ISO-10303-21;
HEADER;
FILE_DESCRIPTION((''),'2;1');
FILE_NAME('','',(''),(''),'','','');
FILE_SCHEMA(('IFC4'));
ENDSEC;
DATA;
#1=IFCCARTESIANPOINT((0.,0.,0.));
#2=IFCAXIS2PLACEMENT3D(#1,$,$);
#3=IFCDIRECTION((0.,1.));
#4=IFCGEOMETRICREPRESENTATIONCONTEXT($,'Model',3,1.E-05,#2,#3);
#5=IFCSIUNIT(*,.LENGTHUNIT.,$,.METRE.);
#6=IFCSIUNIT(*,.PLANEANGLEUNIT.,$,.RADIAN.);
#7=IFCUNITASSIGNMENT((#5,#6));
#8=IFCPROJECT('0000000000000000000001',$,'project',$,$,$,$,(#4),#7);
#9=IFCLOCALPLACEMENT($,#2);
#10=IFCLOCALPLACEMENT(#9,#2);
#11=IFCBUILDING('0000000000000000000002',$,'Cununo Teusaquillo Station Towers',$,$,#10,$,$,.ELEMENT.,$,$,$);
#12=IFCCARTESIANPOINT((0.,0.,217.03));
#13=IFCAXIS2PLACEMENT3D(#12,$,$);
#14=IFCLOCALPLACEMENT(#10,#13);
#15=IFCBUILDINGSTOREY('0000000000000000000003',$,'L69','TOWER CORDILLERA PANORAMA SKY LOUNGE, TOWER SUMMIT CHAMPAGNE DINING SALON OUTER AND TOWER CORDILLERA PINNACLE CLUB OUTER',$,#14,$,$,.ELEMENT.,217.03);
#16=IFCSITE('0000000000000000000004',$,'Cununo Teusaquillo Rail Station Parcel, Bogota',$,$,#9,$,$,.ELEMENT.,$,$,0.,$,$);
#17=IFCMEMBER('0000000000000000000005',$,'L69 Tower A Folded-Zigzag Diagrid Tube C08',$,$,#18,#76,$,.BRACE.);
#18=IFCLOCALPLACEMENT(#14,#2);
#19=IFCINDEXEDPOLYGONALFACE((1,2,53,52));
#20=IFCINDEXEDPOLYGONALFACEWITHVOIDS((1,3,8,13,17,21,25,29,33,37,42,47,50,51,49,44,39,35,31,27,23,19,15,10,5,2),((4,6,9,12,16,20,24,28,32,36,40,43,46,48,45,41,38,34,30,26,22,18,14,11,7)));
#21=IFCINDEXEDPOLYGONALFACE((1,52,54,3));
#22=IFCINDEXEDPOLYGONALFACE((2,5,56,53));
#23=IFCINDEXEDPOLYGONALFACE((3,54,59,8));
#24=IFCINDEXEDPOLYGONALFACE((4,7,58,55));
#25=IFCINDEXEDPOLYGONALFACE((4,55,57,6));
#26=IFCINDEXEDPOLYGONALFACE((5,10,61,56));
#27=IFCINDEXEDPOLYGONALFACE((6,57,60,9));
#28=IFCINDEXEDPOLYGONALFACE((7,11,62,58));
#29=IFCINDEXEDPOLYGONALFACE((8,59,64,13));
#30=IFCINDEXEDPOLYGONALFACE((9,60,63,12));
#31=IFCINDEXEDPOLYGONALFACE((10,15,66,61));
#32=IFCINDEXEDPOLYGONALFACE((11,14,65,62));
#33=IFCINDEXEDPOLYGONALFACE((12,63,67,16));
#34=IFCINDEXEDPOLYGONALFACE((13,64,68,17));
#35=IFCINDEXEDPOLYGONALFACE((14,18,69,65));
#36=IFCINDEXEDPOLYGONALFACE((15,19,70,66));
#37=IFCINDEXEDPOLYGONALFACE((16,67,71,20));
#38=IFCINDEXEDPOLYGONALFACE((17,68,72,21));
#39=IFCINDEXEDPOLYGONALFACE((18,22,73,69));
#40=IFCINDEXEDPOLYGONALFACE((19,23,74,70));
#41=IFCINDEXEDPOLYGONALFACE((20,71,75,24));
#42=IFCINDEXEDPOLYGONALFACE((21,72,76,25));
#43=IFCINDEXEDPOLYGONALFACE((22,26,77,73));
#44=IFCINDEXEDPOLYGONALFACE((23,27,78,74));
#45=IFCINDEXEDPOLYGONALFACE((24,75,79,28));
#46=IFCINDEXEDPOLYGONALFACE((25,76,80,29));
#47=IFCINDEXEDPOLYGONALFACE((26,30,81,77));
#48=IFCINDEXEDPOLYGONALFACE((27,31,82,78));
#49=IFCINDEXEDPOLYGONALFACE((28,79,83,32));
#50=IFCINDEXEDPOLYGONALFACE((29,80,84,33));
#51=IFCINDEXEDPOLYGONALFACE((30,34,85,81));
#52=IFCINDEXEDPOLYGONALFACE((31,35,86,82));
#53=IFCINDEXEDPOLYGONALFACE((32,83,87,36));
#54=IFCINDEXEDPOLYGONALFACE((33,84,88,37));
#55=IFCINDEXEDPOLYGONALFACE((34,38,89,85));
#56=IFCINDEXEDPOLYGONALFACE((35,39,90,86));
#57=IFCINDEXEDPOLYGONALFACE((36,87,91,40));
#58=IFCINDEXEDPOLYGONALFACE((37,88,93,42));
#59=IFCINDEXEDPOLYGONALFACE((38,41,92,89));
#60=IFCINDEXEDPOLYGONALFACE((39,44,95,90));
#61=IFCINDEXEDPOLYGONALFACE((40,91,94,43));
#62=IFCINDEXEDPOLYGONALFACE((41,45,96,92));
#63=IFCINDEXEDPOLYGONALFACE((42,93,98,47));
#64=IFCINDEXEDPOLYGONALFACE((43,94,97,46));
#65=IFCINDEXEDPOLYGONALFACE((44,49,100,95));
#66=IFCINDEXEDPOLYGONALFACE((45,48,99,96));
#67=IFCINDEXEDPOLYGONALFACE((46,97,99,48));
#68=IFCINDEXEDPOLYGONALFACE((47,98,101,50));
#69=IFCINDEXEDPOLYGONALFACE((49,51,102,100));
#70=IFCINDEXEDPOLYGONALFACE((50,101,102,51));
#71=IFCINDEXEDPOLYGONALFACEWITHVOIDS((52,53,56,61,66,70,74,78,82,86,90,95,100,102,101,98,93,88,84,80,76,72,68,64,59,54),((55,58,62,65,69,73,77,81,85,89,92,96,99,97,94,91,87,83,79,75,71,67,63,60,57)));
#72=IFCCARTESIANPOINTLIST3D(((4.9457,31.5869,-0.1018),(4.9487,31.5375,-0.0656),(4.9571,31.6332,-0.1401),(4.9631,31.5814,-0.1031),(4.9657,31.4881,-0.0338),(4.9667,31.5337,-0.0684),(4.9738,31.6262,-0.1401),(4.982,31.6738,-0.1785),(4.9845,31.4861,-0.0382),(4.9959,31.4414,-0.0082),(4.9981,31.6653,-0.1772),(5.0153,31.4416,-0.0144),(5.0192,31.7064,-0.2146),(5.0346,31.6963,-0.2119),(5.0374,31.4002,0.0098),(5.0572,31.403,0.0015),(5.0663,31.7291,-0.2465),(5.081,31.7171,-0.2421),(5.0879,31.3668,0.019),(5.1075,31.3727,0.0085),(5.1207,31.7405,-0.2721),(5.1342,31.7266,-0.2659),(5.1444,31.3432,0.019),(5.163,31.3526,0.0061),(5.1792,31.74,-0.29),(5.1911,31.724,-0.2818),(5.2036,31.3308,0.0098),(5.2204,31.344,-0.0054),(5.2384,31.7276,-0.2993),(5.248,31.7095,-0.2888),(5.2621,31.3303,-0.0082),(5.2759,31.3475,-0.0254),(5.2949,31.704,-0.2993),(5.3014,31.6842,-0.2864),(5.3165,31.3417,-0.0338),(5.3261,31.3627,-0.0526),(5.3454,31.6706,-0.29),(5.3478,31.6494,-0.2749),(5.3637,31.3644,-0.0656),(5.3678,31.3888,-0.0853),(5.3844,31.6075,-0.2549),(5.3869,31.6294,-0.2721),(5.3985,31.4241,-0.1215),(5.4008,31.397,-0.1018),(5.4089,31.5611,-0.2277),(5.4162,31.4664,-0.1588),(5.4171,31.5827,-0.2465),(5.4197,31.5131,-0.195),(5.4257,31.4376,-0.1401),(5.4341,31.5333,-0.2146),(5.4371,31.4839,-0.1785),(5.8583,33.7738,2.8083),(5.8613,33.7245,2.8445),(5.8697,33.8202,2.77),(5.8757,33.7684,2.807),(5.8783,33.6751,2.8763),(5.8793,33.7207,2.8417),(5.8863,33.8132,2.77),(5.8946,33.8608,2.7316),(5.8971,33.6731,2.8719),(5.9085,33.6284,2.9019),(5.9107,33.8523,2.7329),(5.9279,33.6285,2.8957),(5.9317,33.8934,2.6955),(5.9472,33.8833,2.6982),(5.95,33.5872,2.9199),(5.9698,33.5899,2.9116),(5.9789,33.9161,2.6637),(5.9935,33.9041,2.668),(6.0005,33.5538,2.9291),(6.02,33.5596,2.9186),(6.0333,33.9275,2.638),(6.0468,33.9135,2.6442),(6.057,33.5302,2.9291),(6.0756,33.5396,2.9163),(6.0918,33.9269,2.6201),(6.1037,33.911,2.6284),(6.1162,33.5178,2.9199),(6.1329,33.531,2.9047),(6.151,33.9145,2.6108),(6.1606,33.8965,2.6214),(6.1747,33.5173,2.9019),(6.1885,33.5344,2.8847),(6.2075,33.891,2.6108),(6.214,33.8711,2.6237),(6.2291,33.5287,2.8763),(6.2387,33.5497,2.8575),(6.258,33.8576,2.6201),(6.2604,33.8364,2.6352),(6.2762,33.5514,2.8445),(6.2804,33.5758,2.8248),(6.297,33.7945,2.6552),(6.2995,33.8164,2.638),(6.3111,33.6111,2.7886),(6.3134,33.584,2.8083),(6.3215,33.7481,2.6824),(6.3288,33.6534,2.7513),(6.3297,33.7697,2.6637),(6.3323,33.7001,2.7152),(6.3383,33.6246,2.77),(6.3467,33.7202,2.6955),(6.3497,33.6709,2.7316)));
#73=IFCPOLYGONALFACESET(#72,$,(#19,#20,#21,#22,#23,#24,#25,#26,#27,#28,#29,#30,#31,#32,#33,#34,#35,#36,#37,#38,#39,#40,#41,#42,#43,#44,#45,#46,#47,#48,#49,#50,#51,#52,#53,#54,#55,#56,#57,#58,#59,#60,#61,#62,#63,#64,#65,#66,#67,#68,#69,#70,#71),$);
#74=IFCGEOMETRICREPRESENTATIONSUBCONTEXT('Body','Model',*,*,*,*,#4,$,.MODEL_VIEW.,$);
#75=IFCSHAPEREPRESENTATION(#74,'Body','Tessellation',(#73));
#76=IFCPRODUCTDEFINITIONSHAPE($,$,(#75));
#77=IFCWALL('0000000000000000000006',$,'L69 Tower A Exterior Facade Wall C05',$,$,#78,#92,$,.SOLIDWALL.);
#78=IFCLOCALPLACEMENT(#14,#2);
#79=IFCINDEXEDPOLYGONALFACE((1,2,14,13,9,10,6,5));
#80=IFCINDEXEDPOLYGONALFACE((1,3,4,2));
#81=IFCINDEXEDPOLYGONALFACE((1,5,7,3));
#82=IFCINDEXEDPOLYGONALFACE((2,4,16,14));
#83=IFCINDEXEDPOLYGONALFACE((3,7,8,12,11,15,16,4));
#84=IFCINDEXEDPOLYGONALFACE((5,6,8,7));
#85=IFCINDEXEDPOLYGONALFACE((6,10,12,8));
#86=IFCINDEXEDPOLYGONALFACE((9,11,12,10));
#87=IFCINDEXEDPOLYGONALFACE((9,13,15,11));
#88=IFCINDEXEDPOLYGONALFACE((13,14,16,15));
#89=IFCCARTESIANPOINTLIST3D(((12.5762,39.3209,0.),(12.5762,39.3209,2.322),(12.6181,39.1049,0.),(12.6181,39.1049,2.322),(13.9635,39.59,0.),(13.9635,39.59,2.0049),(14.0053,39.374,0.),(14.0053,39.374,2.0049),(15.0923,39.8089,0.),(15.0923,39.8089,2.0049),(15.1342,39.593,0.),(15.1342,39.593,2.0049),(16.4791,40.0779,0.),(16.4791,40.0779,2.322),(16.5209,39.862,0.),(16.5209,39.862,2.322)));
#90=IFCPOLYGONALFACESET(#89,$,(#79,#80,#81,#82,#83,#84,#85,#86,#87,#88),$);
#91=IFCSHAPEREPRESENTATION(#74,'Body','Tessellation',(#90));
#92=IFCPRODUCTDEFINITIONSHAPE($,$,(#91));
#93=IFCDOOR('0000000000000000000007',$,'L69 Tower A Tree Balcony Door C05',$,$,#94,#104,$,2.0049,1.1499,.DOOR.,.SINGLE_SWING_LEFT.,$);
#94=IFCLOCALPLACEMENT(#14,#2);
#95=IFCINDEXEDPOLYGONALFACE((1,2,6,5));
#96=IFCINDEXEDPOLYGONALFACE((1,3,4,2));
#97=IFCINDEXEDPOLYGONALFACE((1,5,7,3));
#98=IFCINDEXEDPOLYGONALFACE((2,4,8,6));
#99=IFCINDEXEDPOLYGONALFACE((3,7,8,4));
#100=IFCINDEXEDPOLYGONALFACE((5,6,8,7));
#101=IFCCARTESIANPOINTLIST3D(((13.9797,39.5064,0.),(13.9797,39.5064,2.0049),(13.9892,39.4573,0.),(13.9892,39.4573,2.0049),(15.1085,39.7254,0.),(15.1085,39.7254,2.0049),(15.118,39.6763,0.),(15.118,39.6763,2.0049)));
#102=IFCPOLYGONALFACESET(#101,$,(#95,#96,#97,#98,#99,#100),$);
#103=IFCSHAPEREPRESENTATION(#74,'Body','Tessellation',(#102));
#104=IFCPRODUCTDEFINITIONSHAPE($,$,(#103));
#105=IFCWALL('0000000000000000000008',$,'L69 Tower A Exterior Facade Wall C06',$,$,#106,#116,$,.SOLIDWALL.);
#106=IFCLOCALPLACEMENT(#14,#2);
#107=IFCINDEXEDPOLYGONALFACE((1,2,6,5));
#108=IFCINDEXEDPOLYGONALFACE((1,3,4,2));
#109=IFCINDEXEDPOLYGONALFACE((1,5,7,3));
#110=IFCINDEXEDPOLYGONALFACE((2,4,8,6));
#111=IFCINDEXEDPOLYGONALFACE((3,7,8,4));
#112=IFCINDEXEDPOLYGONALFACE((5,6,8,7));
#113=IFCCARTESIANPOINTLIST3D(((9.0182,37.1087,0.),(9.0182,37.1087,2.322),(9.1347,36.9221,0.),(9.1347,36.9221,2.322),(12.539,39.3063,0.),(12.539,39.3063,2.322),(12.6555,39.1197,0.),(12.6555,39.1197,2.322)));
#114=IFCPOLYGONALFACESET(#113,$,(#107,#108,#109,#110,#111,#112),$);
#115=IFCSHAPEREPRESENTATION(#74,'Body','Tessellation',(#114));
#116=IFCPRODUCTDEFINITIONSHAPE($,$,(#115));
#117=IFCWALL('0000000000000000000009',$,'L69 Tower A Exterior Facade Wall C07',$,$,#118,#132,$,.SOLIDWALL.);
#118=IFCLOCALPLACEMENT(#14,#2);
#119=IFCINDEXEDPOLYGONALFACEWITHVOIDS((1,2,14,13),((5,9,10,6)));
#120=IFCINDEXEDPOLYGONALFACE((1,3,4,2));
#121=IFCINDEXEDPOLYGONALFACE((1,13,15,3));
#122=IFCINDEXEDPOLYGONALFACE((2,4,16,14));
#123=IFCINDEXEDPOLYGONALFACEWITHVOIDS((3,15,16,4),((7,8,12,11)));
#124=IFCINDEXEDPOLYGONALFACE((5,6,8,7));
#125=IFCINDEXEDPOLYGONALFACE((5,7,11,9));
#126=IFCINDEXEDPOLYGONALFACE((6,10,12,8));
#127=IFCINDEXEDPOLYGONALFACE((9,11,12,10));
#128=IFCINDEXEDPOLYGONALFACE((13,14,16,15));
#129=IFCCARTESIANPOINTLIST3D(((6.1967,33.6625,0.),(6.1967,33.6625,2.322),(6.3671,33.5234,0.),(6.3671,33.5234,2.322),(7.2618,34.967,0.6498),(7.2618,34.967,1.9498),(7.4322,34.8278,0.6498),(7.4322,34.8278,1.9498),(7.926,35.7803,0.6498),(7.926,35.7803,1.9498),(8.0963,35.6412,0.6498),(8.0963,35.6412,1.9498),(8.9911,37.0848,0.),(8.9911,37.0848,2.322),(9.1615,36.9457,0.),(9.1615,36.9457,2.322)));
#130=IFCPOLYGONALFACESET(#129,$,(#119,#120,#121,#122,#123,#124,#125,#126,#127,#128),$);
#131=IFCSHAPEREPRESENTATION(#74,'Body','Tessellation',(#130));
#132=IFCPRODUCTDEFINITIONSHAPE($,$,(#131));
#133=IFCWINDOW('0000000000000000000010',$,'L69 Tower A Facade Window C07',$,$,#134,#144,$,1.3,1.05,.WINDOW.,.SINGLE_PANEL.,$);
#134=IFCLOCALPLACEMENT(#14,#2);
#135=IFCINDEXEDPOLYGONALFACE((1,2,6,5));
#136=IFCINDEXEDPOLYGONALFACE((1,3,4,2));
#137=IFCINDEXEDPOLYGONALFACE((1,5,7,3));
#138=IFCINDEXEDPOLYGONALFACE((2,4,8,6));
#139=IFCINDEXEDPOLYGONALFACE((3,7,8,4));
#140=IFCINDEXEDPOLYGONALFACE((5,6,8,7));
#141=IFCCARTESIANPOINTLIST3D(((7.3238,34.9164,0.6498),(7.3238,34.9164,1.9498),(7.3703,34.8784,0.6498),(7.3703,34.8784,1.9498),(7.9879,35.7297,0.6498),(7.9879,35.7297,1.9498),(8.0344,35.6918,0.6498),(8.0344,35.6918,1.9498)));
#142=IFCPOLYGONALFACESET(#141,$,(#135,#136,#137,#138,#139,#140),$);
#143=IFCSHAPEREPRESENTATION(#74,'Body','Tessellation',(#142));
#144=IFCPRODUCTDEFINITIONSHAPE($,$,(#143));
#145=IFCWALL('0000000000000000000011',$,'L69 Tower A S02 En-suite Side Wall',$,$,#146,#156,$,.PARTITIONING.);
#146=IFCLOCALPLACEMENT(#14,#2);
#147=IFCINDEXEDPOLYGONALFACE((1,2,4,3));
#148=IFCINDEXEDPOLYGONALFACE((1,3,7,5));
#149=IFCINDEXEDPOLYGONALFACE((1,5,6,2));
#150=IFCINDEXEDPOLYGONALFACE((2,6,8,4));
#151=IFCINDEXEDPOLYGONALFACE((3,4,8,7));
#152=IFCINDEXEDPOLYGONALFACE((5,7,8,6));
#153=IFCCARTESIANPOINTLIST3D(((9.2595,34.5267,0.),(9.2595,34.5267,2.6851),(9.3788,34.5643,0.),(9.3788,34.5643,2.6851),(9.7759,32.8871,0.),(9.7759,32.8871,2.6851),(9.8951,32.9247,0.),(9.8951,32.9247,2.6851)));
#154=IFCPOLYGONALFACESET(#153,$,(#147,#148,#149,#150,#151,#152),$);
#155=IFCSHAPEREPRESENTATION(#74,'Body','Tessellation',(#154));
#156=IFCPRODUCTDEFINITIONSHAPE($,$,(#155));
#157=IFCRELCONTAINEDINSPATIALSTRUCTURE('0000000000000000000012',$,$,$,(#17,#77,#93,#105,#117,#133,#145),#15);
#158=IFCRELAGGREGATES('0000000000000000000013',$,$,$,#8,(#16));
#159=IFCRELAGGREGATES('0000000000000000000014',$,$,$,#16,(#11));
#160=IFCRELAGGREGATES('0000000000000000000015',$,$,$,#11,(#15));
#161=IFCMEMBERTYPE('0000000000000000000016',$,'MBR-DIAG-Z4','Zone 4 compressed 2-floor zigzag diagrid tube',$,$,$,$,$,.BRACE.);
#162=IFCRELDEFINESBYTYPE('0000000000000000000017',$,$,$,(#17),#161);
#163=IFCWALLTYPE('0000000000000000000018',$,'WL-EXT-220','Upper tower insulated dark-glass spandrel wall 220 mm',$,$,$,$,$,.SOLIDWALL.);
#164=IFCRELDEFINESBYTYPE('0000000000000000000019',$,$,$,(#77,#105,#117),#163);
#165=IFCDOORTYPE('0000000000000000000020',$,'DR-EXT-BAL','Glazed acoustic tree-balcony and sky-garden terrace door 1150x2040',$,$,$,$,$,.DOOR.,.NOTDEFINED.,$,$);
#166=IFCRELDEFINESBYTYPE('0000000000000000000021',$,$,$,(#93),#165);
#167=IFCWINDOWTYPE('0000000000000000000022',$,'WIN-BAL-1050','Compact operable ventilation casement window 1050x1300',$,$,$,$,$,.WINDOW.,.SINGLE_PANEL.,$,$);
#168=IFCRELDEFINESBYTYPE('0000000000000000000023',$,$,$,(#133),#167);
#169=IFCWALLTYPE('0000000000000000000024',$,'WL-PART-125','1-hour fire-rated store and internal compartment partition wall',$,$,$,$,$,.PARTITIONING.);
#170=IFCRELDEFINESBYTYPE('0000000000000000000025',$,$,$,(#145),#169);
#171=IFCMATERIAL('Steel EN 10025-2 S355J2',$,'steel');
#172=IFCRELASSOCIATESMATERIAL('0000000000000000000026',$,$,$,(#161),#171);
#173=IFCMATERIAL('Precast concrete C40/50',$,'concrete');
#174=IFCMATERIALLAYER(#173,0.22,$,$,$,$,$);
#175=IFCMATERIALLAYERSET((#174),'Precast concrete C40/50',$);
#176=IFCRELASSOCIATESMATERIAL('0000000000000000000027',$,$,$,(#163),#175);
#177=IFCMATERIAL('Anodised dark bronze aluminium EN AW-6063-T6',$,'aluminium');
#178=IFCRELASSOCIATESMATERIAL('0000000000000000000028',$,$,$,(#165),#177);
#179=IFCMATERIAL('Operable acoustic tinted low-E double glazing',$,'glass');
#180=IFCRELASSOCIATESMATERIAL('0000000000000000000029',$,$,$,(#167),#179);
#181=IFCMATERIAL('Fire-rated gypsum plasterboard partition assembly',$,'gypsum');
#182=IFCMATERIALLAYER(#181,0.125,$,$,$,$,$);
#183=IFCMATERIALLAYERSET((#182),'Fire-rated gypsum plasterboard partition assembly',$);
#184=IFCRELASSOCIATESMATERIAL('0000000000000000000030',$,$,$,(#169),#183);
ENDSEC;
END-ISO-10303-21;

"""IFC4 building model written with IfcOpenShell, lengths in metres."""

from ifc_helpers import new_model, si_unit, direction, frame, frame_2d, origin, origin_2d, place, context, subcontext, project, spatial, rectangle, hollow_circle, extrude, source, transform, mapped, material, layer, layer_set, material_profile, profile_set, type_object, element, fill, save


model = new_model("IFC4")

# Units and contexts
model_context = context("Model", 3, precision=1e-05, world=origin(), true_north=direction((0.0, 1.0)))
body_context = subcontext(model_context, "Body", "Model", "MODEL_VIEW")
ifc_project = project(units=[si_unit("LENGTHUNIT", "METRE"), si_unit("PLANEANGLEUNIT", "RADIAN")], contexts=[model_context])

# Site, building, storey
site_placement = place(None, origin())
site = spatial("IfcSite", under=ifc_project, at=site_placement, Name="Cununo Teusaquillo Rail Station Parcel, Bogota", CompositionType="ELEMENT", RefElevation=0.0)
building_placement = place(site_placement, origin())
building = spatial("IfcBuilding", under=site, at=building_placement, Name="Cununo Teusaquillo Station Towers", CompositionType="ELEMENT")
storey_placement = place(building_placement, frame((0.0, 0.0, 217.03)))
storey = spatial("IfcBuildingStorey", under=building, at=storey_placement, Name="L69", Description="TOWER CORDILLERA PANORAMA SKY LOUNGE, TOWER SUMMIT CHAMPAGNE DINING SALON OUTER AND TOWER CORDILLERA PINNACLE CLUB OUTER", CompositionType="ELEMENT", Elevation=217.03)

# Member
ifc_material_1 = material(Name="Steel EN 10025-2 S355J2", Category="steel")
ifc_material_profile_1 = material_profile(ifc_material_1, hollow_circle(Radius=0.2539, WallThickness=0.0181, at=origin_2d()), Name="CHS 508x18")
ifc_profile_set_1 = profile_set([ifc_material_profile_1], Name="Steel EN 10025-2 S355J2")
member_type = type_object("IfcMemberType", Name="MBR-DIAG-Z4", Description="Zone 4 compressed 2-floor zigzag diagrid tube", PredefinedType="BRACE", material=ifc_profile_set_1)
member_1_placement = place(storey_placement, frame((5.1914, 31.5354, -0.1401), z_axis=(0.243166, 0.58274, 0.775425), x_axis=(-0.922876, 0.385098, 0.0)))
element("IfcMember", 1, at=member_1_placement, inside=storey, type_object=member_type, Name="L69 Tower A Folded-Zigzag Diagrid Tube C08", PredefinedType="BRACE", context=body_context, shape_type="SweptSolid", body=[
    extrude(hollow_circle(Radius=0.2539, WallThickness=0.0181, at=origin_2d()), origin(), (0.0, 0.0, 1.0), 3.7529),
])

# Wall, opening, door
ifc_material_2 = material(Name="Precast concrete C40/50", Category="concrete")
ifc_layer_1 = layer(ifc_material_2, 0.22)
ifc_layer_set_1 = layer_set([ifc_layer_1], Name="Precast concrete C40/50")
wall_type_1 = type_object("IfcWallType", Name="WL-EXT-220", Description="Upper tower insulated dark-glass spandrel wall 220 mm", PredefinedType="SOLIDWALL", material=ifc_layer_set_1)
wall_1_placement = place(storey_placement, frame((12.5972, 39.2129, 0.0), z_axis=(0.0, 0.0, 1.0), x_axis=(0.9817, 0.190432, 0.0)))
wall_1 = element("IfcWall", 2, at=wall_1_placement, inside=storey, type_object=wall_type_1, Name="L69 Tower A Exterior Facade Wall C05", PredefinedType="SOLIDWALL", context=body_context, shape_type="SweptSolid", body=[
    extrude(rectangle(XDim=3.9756, YDim=0.22, at=frame_2d((1.9878, 0.0))), origin(), (0.0, 0.0, 1.0), 2.322),
])
shared_shape_1 = source(origin(), body_context, "Body", "SweptSolid", [
    extrude(rectangle(XDim=1.1499, YDim=2.0049, at=frame_2d((0.575, 1.0024))), frame((0.0, 0.1199, 0.0), z_axis=(0.0, -1.0, 0.0), x_axis=(1.0, 0.0, 0.0)), (0.0, 0.0, 1.0), 0.24),
])
opening_1_placement = place(wall_1_placement, frame((1.4131, 0.0, 0.0)))
opening_1 = element("IfcOpeningElement", 3, at=opening_1_placement, cuts=wall_1, PredefinedType="OPENING", context=body_context, shape_type="MappedRepresentation", body=[
    mapped(shared_shape_1, transform((0.0, 0.0, 0.0), x_axis=(1.0, 0.0, 0.0), y_axis=(0.0, 1.0, 0.0), z_axis=(0.0, 0.0, 1.0), scale=1.0)),
])
ifc_material_3 = material(Name="Anodised dark bronze aluminium EN AW-6063-T6", Category="aluminium")
door_type_1 = type_object("IfcDoorType", Name="DR-EXT-BAL", Description="Glazed acoustic tree-balcony and sky-garden terrace door 1150x2040", OperationType="NOTDEFINED", PredefinedType="DOOR", material=ifc_material_3)
shared_shape_2 = source(origin(), body_context, "Body", "SweptSolid", [
    extrude(rectangle(XDim=1.1499, YDim=2.0049, at=frame_2d((0.575, 1.0024))), frame((0.0, 0.0249, 0.0), z_axis=(0.0, -1.0, 0.0), x_axis=(1.0, 0.0, 0.0)), (0.0, 0.0, 1.0), 0.05),
])
door_1_placement = place(opening_1_placement, origin())
door_1 = element("IfcDoor", 4, at=door_1_placement, inside=storey, type_object=door_type_1, Name="L69 Tower A Tree Balcony Door C05", OperationType="SINGLE_SWING_LEFT", OverallHeight=2.0049, OverallWidth=1.1499, PredefinedType="DOOR", context=body_context, shape_type="MappedRepresentation", body=[
    mapped(shared_shape_2, transform((0.0, 0.0, 0.0), x_axis=(1.0, 0.0, 0.0), y_axis=(0.0, 1.0, 0.0), z_axis=(0.0, 0.0, 1.0), scale=1.0)),
])
fill(opening_1, door_1)

# Wall
wall_2_placement = place(storey_placement, frame((9.0764, 37.0154, 0.0), z_axis=(0.0, 0.0, 1.0), x_axis=(0.848319, 0.529486, 0.0)))
element("IfcWall", 5, at=wall_2_placement, inside=storey, type_object=wall_type_1, Name="L69 Tower A Exterior Facade Wall C06", PredefinedType="SOLIDWALL", context=body_context, shape_type="SweptSolid", body=[
    extrude(rectangle(XDim=4.1504, YDim=0.22, at=frame_2d((2.0752, 0.0))), origin(), (0.0, 0.0, 1.0), 2.322),
])

# Wall, opening, window
wall_3_placement = place(storey_placement, frame((6.282, 33.593, 0.0), z_axis=(0.0, 0.0, 1.0), x_axis=(0.632467, 0.774587, 0.0)))
wall_3 = element("IfcWall", 6, at=wall_3_placement, inside=storey, type_object=wall_type_1, Name="L69 Tower A Exterior Facade Wall C07", PredefinedType="SOLIDWALL", context=body_context, shape_type="SweptSolid", body=[
    extrude(rectangle(XDim=4.4182, YDim=0.22, at=frame_2d((2.209, 0.0))), origin(), (0.0, 0.0, 1.0), 2.322),
])
shared_shape_3 = source(origin(), body_context, "Body", "SweptSolid", [
    extrude(rectangle(XDim=1.05, YDim=1.3, at=frame_2d((0.5249, 0.6499))), frame((0.0, 0.1199, 0.0), z_axis=(0.0, -1.0, 0.0), x_axis=(1.0, 0.0, 0.0)), (0.0, 0.0, 1.0), 0.24),
])
opening_2_placement = place(wall_3_placement, frame((1.6841, 0.0, 0.6499)))
opening_2 = element("IfcOpeningElement", 7, at=opening_2_placement, cuts=wall_3, PredefinedType="OPENING", context=body_context, shape_type="MappedRepresentation", body=[
    mapped(shared_shape_3, transform((0.0, 0.0, 0.0), x_axis=(1.0, 0.0, 0.0), y_axis=(0.0, 1.0, 0.0), z_axis=(0.0, 0.0, 1.0), scale=1.0)),
])
ifc_material_4 = material(Name="Operable acoustic tinted low-E double glazing", Category="glass")
window_type = type_object("IfcWindowType", Name="WIN-BAL-1050", Description="Compact operable ventilation casement window 1050x1300", PartitioningType="SINGLE_PANEL", PredefinedType="WINDOW", material=ifc_material_4)
shared_shape_4 = source(origin(), body_context, "Body", "SweptSolid", [
    extrude(rectangle(XDim=1.05, YDim=1.3, at=frame_2d((0.5249, 0.6499))), frame((0.0, 0.03, 0.0), z_axis=(0.0, -1.0, 0.0), x_axis=(1.0, 0.0, 0.0)), (0.0, 0.0, 1.0), 0.0601),
])
window_placement = place(opening_2_placement, origin())
window = element("IfcWindow", 8, at=window_placement, inside=storey, type_object=window_type, Name="L69 Tower A Facade Window C07", OverallHeight=1.3, OverallWidth=1.05, PartitioningType="SINGLE_PANEL", PredefinedType="WINDOW", context=body_context, shape_type="MappedRepresentation", body=[
    mapped(shared_shape_4, transform((0.0, 0.0, 0.0), x_axis=(1.0, 0.0, 0.0), y_axis=(0.0, 1.0, 0.0), z_axis=(0.0, 0.0, 1.0), scale=1.0)),
])
fill(opening_2, window)

# Wall
ifc_material_5 = material(Name="Fire-rated gypsum plasterboard partition assembly", Category="gypsum")
ifc_layer_2 = layer(ifc_material_5, 0.125)
ifc_layer_set_2 = layer_set([ifc_layer_2], Name="Fire-rated gypsum plasterboard partition assembly")
wall_type_2 = type_object("IfcWallType", Name="WL-PART-125", Description="1-hour fire-rated store and internal compartment partition wall", PredefinedType="PARTITIONING", material=ifc_layer_set_2)
wall_4_placement = place(storey_placement, frame((9.8354, 32.906, 0.0), z_axis=(0.0, 0.0, 1.0), x_axis=(-0.300377, 0.953821, 0.0)))
element("IfcWall", 9, at=wall_4_placement, inside=storey, type_object=wall_type_2, Name="L69 Tower A S02 En-suite Side Wall", PredefinedType="PARTITIONING", context=body_context, shape_type="SweptSolid", body=[
    extrude(rectangle(XDim=1.719, YDim=0.125, at=frame_2d((0.8594, 0.0))), origin(), (0.0, 0.0, 1.0), 2.6851),
])

save(model, "model.ifc")
